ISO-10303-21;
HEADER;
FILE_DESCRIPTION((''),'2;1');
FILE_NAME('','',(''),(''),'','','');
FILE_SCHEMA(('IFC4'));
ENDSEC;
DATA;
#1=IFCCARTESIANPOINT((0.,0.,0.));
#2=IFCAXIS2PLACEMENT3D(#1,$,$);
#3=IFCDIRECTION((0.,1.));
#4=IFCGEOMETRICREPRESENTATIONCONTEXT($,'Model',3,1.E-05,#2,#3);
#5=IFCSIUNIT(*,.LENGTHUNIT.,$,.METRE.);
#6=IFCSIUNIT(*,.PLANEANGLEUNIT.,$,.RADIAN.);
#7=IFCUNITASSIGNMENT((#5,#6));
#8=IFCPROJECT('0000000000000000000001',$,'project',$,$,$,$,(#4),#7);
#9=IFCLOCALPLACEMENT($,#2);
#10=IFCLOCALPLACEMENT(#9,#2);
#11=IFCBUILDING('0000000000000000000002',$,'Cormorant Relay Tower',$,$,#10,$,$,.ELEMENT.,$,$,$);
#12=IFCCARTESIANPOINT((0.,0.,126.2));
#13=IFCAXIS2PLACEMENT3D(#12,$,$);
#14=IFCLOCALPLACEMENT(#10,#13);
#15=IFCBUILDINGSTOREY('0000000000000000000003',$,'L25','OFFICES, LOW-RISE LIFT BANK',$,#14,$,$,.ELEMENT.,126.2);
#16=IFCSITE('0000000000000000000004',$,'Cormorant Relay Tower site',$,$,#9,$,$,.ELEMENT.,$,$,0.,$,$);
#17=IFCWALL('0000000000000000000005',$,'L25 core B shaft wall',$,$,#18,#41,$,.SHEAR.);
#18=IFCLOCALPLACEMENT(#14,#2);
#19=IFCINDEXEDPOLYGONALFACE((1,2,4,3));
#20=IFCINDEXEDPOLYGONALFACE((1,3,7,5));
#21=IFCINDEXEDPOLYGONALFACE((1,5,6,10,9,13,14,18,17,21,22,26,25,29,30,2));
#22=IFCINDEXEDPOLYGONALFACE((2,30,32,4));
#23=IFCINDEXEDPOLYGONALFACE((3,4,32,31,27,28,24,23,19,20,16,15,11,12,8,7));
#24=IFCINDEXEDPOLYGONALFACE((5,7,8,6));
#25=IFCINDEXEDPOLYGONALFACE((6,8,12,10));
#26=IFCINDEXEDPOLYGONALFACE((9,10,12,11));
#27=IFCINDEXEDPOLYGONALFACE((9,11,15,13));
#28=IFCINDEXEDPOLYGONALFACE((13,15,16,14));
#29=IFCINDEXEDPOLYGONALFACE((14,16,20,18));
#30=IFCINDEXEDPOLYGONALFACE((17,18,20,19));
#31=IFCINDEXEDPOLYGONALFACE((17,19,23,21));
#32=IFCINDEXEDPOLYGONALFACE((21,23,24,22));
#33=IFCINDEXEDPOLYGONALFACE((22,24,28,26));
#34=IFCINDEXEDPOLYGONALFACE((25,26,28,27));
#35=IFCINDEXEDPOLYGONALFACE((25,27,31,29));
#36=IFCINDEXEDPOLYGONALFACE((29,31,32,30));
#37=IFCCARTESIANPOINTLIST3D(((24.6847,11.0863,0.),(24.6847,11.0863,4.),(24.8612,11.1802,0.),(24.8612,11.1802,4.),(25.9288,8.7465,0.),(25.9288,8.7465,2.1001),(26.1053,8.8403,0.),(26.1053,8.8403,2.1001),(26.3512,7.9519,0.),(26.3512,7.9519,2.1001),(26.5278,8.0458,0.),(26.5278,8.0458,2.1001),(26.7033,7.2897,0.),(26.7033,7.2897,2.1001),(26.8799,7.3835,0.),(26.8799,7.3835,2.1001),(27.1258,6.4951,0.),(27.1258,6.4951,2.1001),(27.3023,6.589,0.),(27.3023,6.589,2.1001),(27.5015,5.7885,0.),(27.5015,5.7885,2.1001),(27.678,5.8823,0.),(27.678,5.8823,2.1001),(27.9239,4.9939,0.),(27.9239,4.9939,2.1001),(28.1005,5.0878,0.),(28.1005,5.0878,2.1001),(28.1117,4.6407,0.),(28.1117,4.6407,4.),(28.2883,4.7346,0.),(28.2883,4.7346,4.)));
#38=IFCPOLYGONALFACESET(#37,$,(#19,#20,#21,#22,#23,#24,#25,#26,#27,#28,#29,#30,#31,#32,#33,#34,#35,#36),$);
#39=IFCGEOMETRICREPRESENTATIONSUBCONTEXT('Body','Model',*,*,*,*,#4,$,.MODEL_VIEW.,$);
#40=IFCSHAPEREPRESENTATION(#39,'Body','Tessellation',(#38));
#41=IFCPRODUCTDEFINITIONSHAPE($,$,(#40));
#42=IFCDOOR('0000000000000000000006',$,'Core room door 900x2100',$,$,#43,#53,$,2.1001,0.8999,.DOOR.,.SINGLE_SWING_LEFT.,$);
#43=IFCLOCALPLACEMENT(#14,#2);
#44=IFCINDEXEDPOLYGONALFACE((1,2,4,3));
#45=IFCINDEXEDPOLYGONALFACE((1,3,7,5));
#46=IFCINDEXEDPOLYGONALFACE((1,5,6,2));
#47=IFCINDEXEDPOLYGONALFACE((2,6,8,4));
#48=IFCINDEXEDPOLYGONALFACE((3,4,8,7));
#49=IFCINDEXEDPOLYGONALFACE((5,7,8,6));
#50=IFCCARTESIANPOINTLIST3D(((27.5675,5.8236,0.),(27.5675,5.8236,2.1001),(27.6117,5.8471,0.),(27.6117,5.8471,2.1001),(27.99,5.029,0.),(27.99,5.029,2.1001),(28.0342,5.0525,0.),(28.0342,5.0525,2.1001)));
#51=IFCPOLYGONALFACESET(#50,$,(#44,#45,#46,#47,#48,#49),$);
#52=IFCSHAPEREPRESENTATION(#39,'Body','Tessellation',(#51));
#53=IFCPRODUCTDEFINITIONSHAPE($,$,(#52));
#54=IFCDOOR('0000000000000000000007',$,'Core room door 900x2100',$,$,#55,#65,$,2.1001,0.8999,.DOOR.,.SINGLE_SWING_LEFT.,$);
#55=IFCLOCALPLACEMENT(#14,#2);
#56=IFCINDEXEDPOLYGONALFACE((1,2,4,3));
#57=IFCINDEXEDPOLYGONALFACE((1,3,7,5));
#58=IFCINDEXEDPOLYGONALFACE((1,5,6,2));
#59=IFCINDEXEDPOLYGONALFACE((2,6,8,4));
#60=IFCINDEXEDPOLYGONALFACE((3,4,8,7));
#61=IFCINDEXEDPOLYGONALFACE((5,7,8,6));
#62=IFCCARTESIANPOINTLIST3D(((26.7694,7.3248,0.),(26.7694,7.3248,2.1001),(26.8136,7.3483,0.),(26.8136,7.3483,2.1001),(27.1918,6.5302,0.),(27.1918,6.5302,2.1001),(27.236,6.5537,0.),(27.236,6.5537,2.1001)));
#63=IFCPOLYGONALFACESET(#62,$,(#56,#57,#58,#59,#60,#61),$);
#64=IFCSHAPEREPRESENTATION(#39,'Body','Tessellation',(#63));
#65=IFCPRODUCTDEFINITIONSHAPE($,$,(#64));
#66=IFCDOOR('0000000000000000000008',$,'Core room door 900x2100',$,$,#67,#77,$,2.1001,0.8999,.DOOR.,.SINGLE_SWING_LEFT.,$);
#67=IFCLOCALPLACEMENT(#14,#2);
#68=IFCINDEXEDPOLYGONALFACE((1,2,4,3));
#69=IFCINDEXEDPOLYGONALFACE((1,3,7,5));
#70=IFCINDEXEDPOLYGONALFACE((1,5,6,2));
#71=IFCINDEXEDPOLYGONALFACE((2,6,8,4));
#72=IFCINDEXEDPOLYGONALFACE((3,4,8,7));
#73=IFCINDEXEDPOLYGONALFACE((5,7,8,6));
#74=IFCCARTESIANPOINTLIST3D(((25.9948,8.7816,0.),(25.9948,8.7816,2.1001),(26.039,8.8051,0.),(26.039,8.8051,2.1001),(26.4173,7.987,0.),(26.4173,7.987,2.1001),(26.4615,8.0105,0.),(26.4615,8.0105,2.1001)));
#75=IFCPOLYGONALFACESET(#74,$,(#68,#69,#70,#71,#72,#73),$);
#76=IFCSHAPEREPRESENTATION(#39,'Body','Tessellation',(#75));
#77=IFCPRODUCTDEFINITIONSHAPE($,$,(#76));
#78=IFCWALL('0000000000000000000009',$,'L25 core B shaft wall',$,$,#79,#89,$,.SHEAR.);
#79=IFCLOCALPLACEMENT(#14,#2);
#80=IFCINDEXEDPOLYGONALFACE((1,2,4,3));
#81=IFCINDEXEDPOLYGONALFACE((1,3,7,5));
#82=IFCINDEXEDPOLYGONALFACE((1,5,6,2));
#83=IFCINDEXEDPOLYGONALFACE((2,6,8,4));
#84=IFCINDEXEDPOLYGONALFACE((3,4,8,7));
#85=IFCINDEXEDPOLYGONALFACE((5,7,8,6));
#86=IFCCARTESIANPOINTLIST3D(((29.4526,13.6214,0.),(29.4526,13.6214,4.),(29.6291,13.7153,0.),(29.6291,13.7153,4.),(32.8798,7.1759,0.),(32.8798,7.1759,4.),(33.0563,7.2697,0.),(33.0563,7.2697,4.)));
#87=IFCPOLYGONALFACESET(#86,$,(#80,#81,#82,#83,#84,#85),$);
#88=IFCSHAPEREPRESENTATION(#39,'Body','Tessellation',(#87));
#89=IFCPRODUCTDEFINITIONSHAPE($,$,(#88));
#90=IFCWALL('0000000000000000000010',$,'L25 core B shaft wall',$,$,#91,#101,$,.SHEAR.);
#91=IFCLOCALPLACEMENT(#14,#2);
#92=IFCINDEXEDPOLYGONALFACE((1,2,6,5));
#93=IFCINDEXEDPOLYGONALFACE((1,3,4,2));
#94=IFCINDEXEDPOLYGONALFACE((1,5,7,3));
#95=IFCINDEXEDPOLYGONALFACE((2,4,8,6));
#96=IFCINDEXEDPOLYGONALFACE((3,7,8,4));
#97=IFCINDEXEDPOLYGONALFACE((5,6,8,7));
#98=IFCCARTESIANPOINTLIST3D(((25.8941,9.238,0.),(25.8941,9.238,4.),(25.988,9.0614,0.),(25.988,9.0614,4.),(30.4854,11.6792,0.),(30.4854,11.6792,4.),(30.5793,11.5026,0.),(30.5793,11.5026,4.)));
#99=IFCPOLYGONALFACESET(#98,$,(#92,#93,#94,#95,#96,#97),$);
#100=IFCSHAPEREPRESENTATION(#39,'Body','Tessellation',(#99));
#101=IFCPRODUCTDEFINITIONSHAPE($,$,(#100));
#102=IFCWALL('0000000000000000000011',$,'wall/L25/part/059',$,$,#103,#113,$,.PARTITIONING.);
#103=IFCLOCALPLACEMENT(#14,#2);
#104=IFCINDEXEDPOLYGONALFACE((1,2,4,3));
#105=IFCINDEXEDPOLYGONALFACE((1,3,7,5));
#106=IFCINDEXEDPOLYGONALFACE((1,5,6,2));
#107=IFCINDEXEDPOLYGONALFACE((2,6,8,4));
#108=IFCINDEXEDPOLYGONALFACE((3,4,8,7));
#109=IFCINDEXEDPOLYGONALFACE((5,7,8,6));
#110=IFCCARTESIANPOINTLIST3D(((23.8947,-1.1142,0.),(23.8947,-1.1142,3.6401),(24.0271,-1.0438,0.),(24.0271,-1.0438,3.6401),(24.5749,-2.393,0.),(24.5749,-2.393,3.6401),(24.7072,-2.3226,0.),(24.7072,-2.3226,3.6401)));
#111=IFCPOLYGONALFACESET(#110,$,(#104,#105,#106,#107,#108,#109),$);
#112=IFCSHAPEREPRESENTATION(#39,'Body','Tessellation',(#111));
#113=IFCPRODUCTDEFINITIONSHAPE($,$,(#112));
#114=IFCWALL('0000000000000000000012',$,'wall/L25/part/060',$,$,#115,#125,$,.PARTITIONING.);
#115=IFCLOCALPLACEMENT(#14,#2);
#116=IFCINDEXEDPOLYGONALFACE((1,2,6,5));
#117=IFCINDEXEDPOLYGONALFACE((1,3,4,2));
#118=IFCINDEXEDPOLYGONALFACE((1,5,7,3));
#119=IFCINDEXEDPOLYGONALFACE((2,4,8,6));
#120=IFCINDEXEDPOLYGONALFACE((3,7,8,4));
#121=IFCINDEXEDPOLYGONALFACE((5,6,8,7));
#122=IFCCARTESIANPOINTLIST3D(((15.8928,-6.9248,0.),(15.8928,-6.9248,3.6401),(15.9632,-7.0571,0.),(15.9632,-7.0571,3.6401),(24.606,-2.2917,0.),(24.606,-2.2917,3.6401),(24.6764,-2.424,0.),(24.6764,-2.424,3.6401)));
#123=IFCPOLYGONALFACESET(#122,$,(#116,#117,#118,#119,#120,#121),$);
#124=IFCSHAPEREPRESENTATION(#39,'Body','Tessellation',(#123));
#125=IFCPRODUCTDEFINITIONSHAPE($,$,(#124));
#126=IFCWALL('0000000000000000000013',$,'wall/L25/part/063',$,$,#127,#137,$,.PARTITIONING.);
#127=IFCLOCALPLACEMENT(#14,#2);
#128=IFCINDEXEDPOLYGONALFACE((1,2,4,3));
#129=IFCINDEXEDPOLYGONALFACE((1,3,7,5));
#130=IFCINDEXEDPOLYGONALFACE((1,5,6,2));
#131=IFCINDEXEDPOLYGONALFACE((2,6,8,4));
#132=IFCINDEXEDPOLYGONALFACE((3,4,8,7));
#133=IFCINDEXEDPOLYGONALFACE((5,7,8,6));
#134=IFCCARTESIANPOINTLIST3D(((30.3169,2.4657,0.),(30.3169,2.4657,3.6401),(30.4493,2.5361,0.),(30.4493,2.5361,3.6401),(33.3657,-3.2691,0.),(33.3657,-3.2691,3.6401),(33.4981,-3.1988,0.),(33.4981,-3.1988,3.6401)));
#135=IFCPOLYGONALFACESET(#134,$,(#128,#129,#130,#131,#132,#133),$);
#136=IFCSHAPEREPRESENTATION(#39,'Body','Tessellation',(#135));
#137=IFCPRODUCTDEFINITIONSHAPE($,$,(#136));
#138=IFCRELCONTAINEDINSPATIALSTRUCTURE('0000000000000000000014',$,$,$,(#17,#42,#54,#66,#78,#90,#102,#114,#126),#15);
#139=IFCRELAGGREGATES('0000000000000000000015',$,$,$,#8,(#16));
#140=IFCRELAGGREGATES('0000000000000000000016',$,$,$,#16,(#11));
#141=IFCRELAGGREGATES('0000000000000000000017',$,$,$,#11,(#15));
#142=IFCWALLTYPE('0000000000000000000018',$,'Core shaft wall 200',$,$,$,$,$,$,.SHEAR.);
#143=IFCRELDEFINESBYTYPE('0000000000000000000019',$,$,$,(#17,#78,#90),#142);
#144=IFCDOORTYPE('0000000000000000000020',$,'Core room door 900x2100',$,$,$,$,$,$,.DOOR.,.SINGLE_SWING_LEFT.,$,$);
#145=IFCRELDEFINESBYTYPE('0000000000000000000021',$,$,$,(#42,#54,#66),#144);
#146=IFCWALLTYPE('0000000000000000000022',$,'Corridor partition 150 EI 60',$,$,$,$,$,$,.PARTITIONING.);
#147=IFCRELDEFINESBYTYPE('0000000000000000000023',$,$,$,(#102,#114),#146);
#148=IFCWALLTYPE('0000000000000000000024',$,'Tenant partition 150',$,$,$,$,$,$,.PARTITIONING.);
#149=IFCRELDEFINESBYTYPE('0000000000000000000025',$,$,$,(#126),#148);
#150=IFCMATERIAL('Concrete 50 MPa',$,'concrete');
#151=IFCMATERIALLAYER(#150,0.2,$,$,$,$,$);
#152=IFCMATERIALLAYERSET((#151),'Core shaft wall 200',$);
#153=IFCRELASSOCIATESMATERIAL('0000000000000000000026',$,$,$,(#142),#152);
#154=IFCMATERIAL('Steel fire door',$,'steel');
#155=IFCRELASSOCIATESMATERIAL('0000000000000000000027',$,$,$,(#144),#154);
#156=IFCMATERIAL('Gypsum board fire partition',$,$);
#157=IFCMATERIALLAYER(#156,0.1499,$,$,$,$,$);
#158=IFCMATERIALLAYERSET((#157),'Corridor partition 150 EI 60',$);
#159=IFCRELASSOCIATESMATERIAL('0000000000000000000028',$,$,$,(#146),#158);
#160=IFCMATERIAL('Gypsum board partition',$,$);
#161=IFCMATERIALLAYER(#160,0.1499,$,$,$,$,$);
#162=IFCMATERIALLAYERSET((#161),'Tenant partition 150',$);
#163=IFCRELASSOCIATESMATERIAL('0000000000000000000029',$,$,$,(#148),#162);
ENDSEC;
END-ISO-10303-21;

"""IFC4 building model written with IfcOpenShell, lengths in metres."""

from ifc_helpers import new_model, si_unit, direction, frame, frame_2d, origin, place, context, subcontext, project, spatial, rectangle, extrude, material, layer, layer_set, type_object, element, fill, save


model = new_model("IFC4")

# Units and contexts
model_context = context("Model", 3, precision=1e-05, world=origin(), true_north=direction((0.0, 1.0)))
body_context = subcontext(model_context, "Body", "Model", "MODEL_VIEW")
ifc_project = project(units=[si_unit("LENGTHUNIT", "METRE"), si_unit("PLANEANGLEUNIT", "RADIAN")], contexts=[model_context])

# Site, building, storey
site_placement = place(None, origin())
site = spatial("IfcSite", under=ifc_project, at=site_placement, Name="Cormorant Relay Tower site", CompositionType="ELEMENT", RefElevation=0.0)
building_placement = place(site_placement, origin())
building = spatial("IfcBuilding", under=site, at=building_placement, Name="Cormorant Relay Tower", CompositionType="ELEMENT")
storey_placement = place(building_placement, frame((0.0, 0.0, 126.2)))
storey = spatial("IfcBuildingStorey", under=building, at=storey_placement, Name="L25", Description="OFFICES, LOW-RISE LIFT BANK", CompositionType="ELEMENT", Elevation=126.2)

# Shared definitions
ifc_material_1 = material(Name="Concrete 50 MPa", Category="concrete")
ifc_layer_1 = layer(ifc_material_1, 0.2)
ifc_layer_set_1 = layer_set([ifc_layer_1], Name="Core shaft wall 200")
wall_type_1 = type_object("IfcWallType", Name="Core shaft wall 200", PredefinedType="SHEAR", material=ifc_layer_set_1)

# Wall, openings, doors
wall_1_placement = place(storey_placement, frame((28.2, 4.6877, 0.0), z_axis=(0.0, 0.0, 1.0), x_axis=(-0.469454, 0.882957, 0.0)))
wall_1 = element("IfcWall", 1, at=wall_1_placement, inside=storey, type_object=wall_type_1, Name="L25 core B shaft wall", PredefinedType="SHEAR", context=body_context, shape_type="SweptSolid", body=[
    extrude(rectangle(XDim=7.3, YDim=0.2, at=frame_2d((3.6499, 0.0))), origin(), (0.0, 0.0, 1.0), 4.0),
])
opening_1_placement = place(wall_1_placement, frame((0.3999, 0.0, 0.0)))
opening_1 = element("IfcOpeningElement", 2, at=opening_1_placement, cuts=wall_1, PredefinedType="OPENING", context=body_context, shape_type="SweptSolid", body=[
    extrude(rectangle(XDim=0.8999, YDim=2.1001, at=frame_2d((0.45, 1.05))), frame((0.0, 0.1099, 0.0), z_axis=(0.0, -1.0, 0.0), x_axis=(1.0, 0.0, 0.0)), (0.0, 0.0, 1.0), 0.22),
])
opening_2_placement = place(wall_1_placement, frame((2.1001, 0.0, 0.0)))
opening_2 = element("IfcOpeningElement", 3, at=opening_2_placement, cuts=wall_1, PredefinedType="OPENING", context=body_context, shape_type="SweptSolid", body=[
    extrude(rectangle(XDim=0.8999, YDim=2.1001, at=frame_2d((0.45, 1.05))), frame((0.0, 0.1099, 0.0), z_axis=(0.0, -1.0, 0.0), x_axis=(1.0, 0.0, 0.0)), (0.0, 0.0, 1.0), 0.22),
])
opening_3_placement = place(wall_1_placement, frame((3.75, 0.0, 0.0)))
opening_3 = element("IfcOpeningElement", 4, at=opening_3_placement, cuts=wall_1, PredefinedType="OPENING", context=body_context, shape_type="SweptSolid", body=[
    extrude(rectangle(XDim=0.8999, YDim=2.1001, at=frame_2d((0.45, 1.05))), frame((0.0, 0.1099, 0.0), z_axis=(0.0, -1.0, 0.0), x_axis=(1.0, 0.0, 0.0)), (0.0, 0.0, 1.0), 0.22),
])
ifc_material_2 = material(Name="Steel fire door", Category="steel")
door_type_1 = type_object("IfcDoorType", Name="Core room door 900x2100", OperationType="SINGLE_SWING_LEFT", PredefinedType="DOOR", material=ifc_material_2)
door_1_placement = place(opening_1_placement, frame((0.8999, 0.0, 0.0), z_axis=(0.0, 0.0, 1.0), x_axis=(-1.0, 0.0, 0.0)))
door_1 = element("IfcDoor", 5, at=door_1_placement, inside=storey, type_object=door_type_1, Name="Core room door 900x2100", OperationType="SINGLE_SWING_LEFT", OverallHeight=2.1001, OverallWidth=0.8999, PredefinedType="DOOR", context=body_context, shape_type="SweptSolid", body=[
    extrude(rectangle(XDim=0.8999, YDim=2.1001, at=frame_2d((0.45, 1.05))), frame((0.0, 0.0249, 0.0), z_axis=(0.0, -1.0, 0.0), x_axis=(1.0, 0.0, 0.0)), (0.0, 0.0, 1.0), 0.05),
])
fill(opening_1, door_1)
door_2_placement = place(opening_2_placement, frame((0.8999, 0.0, 0.0), z_axis=(0.0, 0.0, 1.0), x_axis=(-1.0, 0.0, 0.0)))
door_2 = element("IfcDoor", 6, at=door_2_placement, inside=storey, type_object=door_type_1, Name="Core room door 900x2100", OperationType="SINGLE_SWING_LEFT", OverallHeight=2.1001, OverallWidth=0.8999, PredefinedType="DOOR", context=body_context, shape_type="SweptSolid", body=[
    extrude(rectangle(XDim=0.8999, YDim=2.1001, at=frame_2d((0.45, 1.05))), frame((0.0, 0.0249, 0.0), z_axis=(0.0, -1.0, 0.0), x_axis=(1.0, 0.0, 0.0)), (0.0, 0.0, 1.0), 0.05),
])
fill(opening_2, door_2)
door_3_placement = place(opening_3_placement, frame((0.8999, 0.0, 0.0), z_axis=(0.0, 0.0, 1.0), x_axis=(-1.0, 0.0, 0.0)))
door_3 = element("IfcDoor", 7, at=door_3_placement, inside=storey, type_object=door_type_1, Name="Core room door 900x2100", OperationType="SINGLE_SWING_LEFT", OverallHeight=2.1001, OverallWidth=0.8999, PredefinedType="DOOR", context=body_context, shape_type="SweptSolid", body=[
    extrude(rectangle(XDim=0.8999, YDim=2.1001, at=frame_2d((0.45, 1.05))), frame((0.0, 0.0249, 0.0), z_axis=(0.0, -1.0, 0.0), x_axis=(1.0, 0.0, 0.0)), (0.0, 0.0, 1.0), 0.05),
])
fill(opening_3, door_3)

# Walls
wall_2_placement = place(storey_placement, frame((32.968, 7.2229, 0.0), z_axis=(0.0, 0.0, 1.0), x_axis=(-0.46948, 0.882943, 0.0)))
element("IfcWall", 8, at=wall_2_placement, inside=storey, type_object=wall_type_1, Name="L25 core B shaft wall", PredefinedType="SHEAR", context=body_context, shape_type="SweptSolid", body=[
    extrude(rectangle(XDim=7.3, YDim=0.2, at=frame_2d((3.6499, 0.0))), origin(), (0.0, 0.0, 1.0), 4.0),
])
wall_3_placement = place(storey_placement, frame((25.9409, 9.1497, 0.0), z_axis=(0.0, 0.0, 1.0), x_axis=(0.882954, 0.46946, 0.0)))
element("IfcWall", 9, at=wall_3_placement, inside=storey, type_object=wall_type_1, Name="L25 core B shaft wall", PredefinedType="SHEAR", context=body_context, shape_type="SweptSolid", body=[
    extrude(rectangle(XDim=5.2, YDim=0.2, at=frame_2d((2.6001, 0.0))), origin(), (0.0, 0.0, 1.0), 4.0),
])
ifc_material_3 = material(Name="Gypsum board fire partition")
ifc_layer_2 = layer(ifc_material_3, 0.1499)
ifc_layer_set_2 = layer_set([ifc_layer_2], Name="Corridor partition 150 EI 60")
wall_type_2 = type_object("IfcWallType", Name="Corridor partition 150 EI 60", PredefinedType="PARTITIONING", material=ifc_layer_set_2)
wall_4_placement = place(storey_placement, frame((23.9609, -1.0791, 0.0), z_axis=(0.0, 0.0, 1.0), x_axis=(0.469591, -0.882884, 0.0)))
element("IfcWall", 10, at=wall_4_placement, inside=storey, type_object=wall_type_2, Name="wall/L25/part/059", PredefinedType="PARTITIONING", context=body_context, shape_type="SweptSolid", body=[
    extrude(rectangle(XDim=1.4485, YDim=0.1499, at=frame_2d((0.7241, 0.0))), origin(), (0.0, 0.0, 1.0), 3.6401),
])
wall_5_placement = place(storey_placement, frame((24.6411, -2.3579, 0.0), z_axis=(0.0, 0.0, 1.0), x_axis=(-0.882939, -0.469487, 0.0)))
element("IfcWall", 11, at=wall_5_placement, inside=storey, type_object=wall_type_2, Name="wall/L25/part/060", PredefinedType="PARTITIONING", context=body_context, shape_type="SweptSolid", body=[
    extrude(rectangle(XDim=9.8684, YDim=0.1499, at=frame_2d((4.9341, 0.0))), origin(), (0.0, 0.0, 1.0), 3.6401),
])
ifc_material_4 = material(Name="Gypsum board partition")
ifc_layer_3 = layer(ifc_material_4, 0.1499)
ifc_layer_set_3 = layer_set([ifc_layer_3], Name="Tenant partition 150")
wall_type_3 = type_object("IfcWallType", Name="Tenant partition 150", PredefinedType="PARTITIONING", material=ifc_layer_set_3)
wall_6_placement = place(storey_placement, frame((30.3831, 2.501, 0.0), z_axis=(0.0, 0.0, 1.0), x_axis=(0.469417, -0.882976, 0.0)))
element("IfcWall", 12, at=wall_6_placement, inside=storey, type_object=wall_type_3, Name="wall/L25/part/063", PredefinedType="PARTITIONING", context=body_context, shape_type="SweptSolid", body=[
    extrude(rectangle(XDim=6.4949, YDim=0.1499, at=frame_2d((3.2476, 0.0))), origin(), (0.0, 0.0, 1.0), 3.6401),
])

save(model, "model.ifc")
